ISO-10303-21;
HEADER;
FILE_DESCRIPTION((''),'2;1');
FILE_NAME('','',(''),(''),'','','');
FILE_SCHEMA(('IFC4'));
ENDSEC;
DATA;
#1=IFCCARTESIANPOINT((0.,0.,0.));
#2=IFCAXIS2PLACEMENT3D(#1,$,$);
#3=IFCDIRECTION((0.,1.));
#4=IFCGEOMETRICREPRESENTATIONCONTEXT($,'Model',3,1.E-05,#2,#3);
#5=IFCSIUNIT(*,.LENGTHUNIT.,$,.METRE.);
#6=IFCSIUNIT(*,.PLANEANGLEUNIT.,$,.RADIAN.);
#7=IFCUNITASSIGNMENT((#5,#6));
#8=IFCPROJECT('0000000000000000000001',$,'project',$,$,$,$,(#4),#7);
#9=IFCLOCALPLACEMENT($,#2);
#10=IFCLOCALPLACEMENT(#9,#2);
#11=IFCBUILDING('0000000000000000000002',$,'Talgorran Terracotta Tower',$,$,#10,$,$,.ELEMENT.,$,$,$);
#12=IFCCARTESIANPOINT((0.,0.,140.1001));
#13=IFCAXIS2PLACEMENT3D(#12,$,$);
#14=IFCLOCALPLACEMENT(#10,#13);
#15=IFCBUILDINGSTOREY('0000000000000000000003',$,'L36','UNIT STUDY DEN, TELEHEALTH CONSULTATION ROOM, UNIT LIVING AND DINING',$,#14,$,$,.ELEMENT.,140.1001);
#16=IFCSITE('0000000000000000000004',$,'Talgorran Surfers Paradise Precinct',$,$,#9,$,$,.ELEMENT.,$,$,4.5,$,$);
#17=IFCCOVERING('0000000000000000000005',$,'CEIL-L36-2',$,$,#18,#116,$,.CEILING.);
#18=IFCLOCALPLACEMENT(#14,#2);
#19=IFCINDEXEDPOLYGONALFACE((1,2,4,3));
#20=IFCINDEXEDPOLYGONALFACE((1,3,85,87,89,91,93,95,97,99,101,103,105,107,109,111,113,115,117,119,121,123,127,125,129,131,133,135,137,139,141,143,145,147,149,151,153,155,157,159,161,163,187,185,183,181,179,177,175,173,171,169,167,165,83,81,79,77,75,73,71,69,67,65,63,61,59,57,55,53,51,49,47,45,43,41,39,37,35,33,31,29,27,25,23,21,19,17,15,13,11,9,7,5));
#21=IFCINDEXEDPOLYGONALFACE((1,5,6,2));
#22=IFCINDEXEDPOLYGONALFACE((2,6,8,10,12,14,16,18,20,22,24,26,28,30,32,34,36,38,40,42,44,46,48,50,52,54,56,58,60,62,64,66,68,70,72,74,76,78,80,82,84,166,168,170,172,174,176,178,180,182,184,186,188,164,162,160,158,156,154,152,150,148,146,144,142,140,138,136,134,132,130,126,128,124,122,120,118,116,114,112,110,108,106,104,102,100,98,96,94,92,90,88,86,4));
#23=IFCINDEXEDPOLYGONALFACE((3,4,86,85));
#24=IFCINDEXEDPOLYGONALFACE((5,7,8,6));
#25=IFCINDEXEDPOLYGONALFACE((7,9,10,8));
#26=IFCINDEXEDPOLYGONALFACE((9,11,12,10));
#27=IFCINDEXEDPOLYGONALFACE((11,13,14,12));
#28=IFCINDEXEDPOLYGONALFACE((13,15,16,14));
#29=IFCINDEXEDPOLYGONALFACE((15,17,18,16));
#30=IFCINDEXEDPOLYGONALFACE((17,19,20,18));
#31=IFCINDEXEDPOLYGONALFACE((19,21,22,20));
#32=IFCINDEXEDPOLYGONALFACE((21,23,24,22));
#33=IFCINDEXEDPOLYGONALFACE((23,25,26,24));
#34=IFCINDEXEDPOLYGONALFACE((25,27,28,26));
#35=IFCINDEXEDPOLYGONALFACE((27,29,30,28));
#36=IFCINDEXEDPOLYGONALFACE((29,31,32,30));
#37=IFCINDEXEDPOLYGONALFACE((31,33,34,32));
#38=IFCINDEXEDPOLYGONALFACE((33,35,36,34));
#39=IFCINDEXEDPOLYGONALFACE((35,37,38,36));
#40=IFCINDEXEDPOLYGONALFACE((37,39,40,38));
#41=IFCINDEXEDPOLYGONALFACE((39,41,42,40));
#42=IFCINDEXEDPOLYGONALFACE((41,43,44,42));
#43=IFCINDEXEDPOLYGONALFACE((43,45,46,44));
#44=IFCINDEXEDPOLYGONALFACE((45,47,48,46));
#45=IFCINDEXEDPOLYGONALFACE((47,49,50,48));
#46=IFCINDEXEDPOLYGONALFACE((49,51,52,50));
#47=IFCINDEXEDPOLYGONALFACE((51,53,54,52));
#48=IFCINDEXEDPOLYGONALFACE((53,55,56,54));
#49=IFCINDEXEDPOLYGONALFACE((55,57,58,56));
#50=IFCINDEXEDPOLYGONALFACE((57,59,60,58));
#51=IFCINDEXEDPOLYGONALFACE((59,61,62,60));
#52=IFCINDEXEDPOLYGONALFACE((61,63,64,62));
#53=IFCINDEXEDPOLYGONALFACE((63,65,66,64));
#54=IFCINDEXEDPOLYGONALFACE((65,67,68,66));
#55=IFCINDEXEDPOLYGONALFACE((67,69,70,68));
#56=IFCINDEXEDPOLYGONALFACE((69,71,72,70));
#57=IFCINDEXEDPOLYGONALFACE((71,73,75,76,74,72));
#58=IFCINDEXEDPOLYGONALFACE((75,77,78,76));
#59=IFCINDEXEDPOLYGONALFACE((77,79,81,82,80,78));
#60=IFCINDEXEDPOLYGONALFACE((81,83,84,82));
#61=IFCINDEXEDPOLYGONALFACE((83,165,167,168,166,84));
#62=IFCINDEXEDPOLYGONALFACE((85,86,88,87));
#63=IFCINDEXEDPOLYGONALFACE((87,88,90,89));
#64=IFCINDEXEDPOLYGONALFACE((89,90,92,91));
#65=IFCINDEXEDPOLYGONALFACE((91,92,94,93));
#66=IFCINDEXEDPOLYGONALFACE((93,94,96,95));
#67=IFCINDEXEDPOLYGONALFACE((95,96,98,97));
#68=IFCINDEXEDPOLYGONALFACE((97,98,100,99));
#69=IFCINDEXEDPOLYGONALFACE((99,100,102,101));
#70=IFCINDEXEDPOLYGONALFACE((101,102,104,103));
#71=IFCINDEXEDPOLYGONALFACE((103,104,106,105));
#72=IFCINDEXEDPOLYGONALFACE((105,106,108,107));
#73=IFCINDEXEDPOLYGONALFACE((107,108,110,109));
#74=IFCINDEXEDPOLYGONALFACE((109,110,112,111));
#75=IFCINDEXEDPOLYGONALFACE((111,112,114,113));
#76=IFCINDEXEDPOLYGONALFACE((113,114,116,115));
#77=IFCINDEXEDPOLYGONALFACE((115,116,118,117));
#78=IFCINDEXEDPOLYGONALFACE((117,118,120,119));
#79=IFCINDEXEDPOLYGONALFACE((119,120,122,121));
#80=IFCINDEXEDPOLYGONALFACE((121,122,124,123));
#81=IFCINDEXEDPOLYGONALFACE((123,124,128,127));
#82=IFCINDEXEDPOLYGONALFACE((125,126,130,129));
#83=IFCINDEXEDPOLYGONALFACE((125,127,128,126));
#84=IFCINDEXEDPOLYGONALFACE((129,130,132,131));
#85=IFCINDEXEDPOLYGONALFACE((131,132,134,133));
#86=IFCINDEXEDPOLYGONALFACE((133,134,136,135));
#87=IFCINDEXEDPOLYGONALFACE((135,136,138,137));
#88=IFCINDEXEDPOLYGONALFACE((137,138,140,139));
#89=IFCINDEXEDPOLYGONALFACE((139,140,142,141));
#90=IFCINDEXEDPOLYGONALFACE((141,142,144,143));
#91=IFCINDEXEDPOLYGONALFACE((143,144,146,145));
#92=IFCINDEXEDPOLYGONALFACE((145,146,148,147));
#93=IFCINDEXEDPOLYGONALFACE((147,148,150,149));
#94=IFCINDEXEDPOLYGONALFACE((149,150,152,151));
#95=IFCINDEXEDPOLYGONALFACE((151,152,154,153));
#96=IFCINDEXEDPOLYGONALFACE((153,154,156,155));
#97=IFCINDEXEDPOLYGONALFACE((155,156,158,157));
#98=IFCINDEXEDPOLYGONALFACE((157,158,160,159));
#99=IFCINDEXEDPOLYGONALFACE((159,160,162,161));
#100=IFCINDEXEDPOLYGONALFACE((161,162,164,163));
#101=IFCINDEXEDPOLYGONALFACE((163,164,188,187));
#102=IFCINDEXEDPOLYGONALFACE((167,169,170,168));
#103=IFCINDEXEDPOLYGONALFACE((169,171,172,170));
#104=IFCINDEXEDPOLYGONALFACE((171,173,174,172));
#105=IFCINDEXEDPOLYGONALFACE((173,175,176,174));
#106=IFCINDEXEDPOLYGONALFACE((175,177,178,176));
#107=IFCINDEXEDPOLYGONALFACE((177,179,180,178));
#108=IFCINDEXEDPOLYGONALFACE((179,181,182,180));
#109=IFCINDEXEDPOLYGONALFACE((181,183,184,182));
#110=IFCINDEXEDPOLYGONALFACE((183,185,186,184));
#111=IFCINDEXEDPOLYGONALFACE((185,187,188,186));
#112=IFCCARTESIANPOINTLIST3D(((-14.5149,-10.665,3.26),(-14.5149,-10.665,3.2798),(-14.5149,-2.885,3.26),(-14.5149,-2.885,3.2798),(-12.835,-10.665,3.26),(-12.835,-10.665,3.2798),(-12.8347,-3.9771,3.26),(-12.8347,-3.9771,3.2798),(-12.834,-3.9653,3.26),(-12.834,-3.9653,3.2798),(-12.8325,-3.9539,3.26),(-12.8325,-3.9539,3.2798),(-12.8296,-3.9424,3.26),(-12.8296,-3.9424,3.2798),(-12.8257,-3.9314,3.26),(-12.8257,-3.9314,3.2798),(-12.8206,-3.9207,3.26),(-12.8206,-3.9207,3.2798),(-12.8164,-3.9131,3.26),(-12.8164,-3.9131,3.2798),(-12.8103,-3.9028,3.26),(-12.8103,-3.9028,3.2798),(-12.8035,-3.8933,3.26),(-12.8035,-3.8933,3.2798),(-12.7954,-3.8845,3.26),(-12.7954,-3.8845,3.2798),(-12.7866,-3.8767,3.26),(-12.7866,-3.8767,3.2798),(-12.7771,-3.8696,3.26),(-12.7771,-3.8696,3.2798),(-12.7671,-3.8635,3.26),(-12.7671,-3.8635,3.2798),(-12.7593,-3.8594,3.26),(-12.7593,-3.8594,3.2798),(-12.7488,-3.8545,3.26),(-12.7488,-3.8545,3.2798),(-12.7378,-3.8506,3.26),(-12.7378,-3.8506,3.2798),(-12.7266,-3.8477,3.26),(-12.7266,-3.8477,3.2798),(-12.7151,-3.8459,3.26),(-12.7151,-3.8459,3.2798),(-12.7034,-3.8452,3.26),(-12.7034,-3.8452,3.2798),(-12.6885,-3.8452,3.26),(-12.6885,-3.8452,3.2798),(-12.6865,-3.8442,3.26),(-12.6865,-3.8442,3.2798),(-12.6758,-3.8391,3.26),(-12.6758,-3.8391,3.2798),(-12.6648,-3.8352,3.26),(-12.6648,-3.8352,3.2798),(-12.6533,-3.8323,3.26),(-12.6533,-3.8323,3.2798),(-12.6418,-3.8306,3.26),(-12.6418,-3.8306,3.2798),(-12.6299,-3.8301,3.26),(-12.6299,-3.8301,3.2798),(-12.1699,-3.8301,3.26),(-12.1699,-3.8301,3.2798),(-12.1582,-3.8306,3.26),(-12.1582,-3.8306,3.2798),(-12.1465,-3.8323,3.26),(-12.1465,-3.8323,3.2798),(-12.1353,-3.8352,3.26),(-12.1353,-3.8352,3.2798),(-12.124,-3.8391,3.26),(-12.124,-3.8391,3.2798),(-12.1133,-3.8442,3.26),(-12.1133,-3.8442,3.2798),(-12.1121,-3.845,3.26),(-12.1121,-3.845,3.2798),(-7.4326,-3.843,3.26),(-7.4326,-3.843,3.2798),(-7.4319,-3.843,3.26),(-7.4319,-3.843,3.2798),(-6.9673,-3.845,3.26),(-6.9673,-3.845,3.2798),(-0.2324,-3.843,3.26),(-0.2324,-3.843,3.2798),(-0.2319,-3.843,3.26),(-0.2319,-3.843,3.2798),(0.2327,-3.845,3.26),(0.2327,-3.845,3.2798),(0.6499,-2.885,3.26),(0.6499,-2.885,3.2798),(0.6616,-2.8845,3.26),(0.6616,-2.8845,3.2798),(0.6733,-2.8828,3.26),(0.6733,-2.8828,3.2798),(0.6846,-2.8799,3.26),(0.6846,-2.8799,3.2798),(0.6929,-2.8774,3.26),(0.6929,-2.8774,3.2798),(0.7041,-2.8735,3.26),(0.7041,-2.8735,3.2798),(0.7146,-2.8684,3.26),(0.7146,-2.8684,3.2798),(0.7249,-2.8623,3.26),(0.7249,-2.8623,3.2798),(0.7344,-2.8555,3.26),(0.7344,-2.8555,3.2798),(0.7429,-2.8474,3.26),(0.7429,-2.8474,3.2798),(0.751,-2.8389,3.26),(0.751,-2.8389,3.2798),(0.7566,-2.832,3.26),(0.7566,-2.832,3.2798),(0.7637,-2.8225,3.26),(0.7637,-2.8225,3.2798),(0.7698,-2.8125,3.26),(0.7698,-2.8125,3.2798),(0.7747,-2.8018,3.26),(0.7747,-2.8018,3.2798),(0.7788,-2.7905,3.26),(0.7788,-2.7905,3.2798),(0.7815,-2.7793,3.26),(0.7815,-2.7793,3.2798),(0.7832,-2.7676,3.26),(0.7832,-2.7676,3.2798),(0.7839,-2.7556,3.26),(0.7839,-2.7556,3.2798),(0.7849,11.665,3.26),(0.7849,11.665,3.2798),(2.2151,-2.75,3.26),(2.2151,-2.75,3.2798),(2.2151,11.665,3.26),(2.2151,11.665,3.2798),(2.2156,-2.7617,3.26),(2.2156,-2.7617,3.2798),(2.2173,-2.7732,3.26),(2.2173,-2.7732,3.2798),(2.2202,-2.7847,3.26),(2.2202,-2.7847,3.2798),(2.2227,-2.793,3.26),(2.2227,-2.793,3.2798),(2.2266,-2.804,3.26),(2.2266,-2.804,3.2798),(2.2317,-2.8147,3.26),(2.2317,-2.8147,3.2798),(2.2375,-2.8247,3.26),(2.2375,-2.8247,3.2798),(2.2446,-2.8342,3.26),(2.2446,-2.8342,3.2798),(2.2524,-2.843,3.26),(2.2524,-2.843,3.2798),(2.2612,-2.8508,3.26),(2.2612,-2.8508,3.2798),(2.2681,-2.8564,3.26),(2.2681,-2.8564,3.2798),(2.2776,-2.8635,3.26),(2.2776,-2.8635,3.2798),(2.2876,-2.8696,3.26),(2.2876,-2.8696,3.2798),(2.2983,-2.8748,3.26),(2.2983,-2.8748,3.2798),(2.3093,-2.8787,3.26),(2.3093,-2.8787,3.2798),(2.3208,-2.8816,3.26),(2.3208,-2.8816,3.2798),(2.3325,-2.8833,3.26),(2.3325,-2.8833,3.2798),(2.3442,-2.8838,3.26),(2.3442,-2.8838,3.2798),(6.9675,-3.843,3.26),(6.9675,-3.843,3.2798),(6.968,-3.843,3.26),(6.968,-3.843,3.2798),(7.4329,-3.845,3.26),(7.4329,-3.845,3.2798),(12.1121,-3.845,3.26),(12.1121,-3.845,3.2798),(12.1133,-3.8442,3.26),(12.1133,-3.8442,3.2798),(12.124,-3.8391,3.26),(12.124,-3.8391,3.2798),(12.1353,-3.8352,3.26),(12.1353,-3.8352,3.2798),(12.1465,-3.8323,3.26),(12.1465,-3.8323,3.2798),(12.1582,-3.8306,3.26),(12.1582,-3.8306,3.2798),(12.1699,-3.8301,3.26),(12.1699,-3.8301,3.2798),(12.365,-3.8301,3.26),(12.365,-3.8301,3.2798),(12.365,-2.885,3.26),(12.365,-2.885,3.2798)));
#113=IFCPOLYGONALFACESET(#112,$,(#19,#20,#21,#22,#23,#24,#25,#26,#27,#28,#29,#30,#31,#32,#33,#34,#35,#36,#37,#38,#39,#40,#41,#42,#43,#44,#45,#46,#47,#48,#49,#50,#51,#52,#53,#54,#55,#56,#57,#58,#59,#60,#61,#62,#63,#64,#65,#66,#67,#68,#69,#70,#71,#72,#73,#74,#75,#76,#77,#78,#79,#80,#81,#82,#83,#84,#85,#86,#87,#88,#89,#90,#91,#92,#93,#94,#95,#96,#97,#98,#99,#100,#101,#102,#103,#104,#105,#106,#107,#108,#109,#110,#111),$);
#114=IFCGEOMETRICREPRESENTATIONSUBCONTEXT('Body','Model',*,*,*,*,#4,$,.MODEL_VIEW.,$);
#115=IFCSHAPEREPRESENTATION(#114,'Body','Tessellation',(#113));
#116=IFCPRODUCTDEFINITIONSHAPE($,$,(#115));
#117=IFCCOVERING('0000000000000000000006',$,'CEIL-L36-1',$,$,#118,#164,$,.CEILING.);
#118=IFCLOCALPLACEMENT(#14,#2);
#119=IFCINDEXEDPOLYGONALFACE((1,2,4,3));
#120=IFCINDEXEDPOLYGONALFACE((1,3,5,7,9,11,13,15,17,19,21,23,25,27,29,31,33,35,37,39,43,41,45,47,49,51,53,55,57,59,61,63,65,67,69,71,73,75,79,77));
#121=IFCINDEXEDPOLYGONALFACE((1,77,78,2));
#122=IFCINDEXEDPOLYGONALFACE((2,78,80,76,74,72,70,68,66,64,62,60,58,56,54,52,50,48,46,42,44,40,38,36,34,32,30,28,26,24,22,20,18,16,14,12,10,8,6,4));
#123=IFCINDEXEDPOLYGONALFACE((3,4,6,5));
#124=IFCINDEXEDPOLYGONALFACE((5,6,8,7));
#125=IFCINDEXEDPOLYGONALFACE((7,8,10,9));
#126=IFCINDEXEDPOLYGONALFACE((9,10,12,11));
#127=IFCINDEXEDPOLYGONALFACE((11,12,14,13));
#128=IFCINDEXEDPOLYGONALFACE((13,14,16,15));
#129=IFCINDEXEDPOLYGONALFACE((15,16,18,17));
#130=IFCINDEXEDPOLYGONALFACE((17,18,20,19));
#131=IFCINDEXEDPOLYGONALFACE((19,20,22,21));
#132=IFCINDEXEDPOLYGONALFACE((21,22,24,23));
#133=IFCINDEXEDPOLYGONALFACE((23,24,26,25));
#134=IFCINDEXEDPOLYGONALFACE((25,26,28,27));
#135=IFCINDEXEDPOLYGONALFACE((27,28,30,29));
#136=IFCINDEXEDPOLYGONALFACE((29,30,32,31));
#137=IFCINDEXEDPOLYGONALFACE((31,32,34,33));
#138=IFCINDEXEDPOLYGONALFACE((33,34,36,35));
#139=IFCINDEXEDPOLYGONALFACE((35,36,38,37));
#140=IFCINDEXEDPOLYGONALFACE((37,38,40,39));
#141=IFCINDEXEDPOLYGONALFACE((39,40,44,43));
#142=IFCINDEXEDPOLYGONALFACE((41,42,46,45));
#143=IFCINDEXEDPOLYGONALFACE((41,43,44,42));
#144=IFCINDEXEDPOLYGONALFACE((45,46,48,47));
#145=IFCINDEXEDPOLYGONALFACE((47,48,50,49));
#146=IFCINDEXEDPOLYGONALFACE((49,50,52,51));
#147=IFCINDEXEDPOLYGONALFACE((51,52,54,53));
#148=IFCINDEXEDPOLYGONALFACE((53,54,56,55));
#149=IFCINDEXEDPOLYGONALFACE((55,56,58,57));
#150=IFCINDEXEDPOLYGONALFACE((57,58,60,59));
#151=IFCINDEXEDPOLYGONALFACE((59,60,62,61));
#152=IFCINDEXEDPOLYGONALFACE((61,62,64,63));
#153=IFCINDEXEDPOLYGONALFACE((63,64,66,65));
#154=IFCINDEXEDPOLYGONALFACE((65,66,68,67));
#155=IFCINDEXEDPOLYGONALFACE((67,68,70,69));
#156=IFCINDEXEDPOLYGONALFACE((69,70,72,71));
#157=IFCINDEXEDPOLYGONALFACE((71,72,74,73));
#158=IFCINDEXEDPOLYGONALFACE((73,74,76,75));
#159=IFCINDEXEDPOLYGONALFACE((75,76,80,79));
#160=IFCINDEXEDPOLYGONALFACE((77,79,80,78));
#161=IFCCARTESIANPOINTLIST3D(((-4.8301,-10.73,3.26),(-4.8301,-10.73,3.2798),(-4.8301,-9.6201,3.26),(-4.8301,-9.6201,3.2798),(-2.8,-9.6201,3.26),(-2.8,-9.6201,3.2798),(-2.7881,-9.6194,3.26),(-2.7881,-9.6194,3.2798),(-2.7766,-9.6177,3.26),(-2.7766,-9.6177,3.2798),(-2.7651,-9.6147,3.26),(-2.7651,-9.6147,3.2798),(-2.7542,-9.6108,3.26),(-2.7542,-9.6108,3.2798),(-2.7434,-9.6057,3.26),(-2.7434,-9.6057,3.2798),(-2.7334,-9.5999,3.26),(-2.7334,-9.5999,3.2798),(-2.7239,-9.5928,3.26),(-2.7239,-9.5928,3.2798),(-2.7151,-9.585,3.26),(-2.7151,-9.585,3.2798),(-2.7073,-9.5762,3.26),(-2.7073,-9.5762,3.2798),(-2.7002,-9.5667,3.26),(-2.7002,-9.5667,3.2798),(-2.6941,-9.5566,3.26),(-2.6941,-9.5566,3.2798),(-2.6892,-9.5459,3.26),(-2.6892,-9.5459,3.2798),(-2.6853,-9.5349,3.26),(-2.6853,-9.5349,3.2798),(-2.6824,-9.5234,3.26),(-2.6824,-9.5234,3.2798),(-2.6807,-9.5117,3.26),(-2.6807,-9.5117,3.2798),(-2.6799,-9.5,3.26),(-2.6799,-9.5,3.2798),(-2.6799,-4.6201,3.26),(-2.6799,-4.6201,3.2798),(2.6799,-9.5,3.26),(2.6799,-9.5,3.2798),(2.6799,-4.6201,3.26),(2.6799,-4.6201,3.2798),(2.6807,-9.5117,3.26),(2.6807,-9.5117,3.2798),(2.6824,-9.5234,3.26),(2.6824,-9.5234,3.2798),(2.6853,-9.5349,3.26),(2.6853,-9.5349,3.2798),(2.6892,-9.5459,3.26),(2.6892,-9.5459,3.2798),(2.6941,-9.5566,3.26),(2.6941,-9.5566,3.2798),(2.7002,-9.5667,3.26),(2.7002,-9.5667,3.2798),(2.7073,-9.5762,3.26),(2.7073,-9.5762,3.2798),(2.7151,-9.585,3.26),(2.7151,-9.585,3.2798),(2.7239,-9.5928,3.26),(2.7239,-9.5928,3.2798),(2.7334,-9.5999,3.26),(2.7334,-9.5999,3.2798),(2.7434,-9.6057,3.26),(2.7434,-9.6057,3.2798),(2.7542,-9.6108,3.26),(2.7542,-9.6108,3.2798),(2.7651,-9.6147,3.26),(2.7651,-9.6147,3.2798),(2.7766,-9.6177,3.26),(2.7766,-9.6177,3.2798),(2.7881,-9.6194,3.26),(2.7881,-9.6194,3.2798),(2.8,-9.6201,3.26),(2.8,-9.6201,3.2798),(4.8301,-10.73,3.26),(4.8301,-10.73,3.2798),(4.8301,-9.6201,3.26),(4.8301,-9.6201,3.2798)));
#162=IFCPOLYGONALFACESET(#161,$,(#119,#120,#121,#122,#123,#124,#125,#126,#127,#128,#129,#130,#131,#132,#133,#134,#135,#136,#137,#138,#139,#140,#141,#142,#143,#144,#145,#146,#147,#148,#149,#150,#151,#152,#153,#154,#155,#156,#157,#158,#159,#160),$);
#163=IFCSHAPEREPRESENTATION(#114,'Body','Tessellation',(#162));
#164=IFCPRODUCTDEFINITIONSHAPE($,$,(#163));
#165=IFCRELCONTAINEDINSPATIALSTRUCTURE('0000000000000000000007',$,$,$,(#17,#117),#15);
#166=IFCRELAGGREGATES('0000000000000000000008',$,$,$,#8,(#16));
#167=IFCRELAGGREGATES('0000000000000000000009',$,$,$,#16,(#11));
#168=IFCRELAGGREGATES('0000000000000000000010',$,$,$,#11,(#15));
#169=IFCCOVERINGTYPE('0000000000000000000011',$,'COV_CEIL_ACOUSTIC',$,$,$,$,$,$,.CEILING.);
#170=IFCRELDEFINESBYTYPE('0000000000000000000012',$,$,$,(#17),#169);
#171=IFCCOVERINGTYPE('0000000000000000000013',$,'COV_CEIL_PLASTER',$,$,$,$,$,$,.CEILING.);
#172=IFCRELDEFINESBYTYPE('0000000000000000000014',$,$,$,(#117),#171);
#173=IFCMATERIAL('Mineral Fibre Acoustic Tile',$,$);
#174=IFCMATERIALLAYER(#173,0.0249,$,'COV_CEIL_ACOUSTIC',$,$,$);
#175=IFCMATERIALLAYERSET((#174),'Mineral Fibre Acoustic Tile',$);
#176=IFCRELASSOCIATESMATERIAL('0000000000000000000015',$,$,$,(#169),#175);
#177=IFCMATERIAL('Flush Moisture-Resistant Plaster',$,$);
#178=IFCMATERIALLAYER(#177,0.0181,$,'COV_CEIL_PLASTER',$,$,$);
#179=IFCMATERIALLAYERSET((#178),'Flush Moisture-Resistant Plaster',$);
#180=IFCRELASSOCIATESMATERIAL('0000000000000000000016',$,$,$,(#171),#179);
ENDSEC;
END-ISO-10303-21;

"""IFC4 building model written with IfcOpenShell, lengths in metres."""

from ifc_helpers import new_model, si_unit, direction, frame, origin, place, context, subcontext, project, spatial, polyline, outline, extrude, material, layer, layer_set, type_object, element, save


model = new_model("IFC4")

# Units and contexts
model_context = context("Model", 3, precision=1e-05, world=origin(), true_north=direction((0.0, 1.0)))
body_context = subcontext(model_context, "Body", "Model", "MODEL_VIEW")
ifc_project = project(units=[si_unit("LENGTHUNIT", "METRE"), si_unit("PLANEANGLEUNIT", "RADIAN")], contexts=[model_context])

# Site, building, storey
site_placement = place(None, origin())
site = spatial("IfcSite", under=ifc_project, at=site_placement, Name="Talgorran Surfers Paradise Precinct", CompositionType="ELEMENT", RefElevation=4.5)
building_placement = place(site_placement, origin())
building = spatial("IfcBuilding", under=site, at=building_placement, Name="Talgorran Terracotta Tower", CompositionType="ELEMENT")
storey_placement = place(building_placement, frame((0.0, 0.0, 140.1001)))
storey = spatial("IfcBuildingStorey", under=building, at=storey_placement, Name="L36", Description="UNIT STUDY DEN, TELEHEALTH CONSULTATION ROOM, UNIT LIVING AND DINING", CompositionType="ELEMENT", Elevation=140.1001)

# Coverings
ifc_material_1 = material(Name="Mineral Fibre Acoustic Tile")
ifc_layer_1 = layer(ifc_material_1, 0.0249, Name="COV_CEIL_ACOUSTIC")
ifc_layer_set_1 = layer_set([ifc_layer_1], Name="Mineral Fibre Acoustic Tile")
covering_type_1 = type_object("IfcCoveringType", Name="COV_CEIL_ACOUSTIC", PredefinedType="CEILING", material=ifc_layer_set_1)
covering_1_placement = place(storey_placement, frame((0.0, 0.0, 3.26)))
element("IfcCovering", 1, at=covering_1_placement, inside=storey, type_object=covering_type_1, Name="CEIL-L36-2", PredefinedType="CEILING", context=body_context, shape_type="SweptSolid", body=[
    extrude(outline(polyline([(-12.6885, -3.8452), (-12.7034, -3.8452), (-12.7151, -3.8459), (-12.7266, -3.8477), (-12.7378, -3.8506), (-12.7488, -3.8545), (-12.7593, -3.8594), (-12.7671, -3.8635), (-12.7771, -3.8696), (-12.7866, -3.8767), (-12.7954, -3.8845), (-12.8035, -3.8933), (-12.8103, -3.9028), (-12.8164, -3.9131), (-12.8206, -3.9207), (-12.8257, -3.9314), (-12.8296, -3.9424), (-12.8325, -3.9539), (-12.834, -3.9653), (-12.8347, -3.9771), (-12.835, -10.665), (-14.5149, -10.665), (-14.5149, -2.885), (0.6499, -2.885), (0.6616, -2.8845), (0.6733, -2.8828), (0.6846, -2.8799), (0.6929, -2.8774), (0.7041, -2.8735), (0.7146, -2.8684), (0.7249, -2.8623), (0.7344, -2.8555), (0.7429, -2.8474), (0.751, -2.8389), (0.7566, -2.832), (0.7637, -2.8225), (0.7698, -2.8125), (0.7747, -2.8018), (0.7788, -2.7905), (0.7815, -2.7793), (0.7832, -2.7676), (0.7839, -2.7556), (0.7849, 11.665), (2.2151, 11.665), (2.2151, -2.75), (2.2156, -2.7617), (2.2173, -2.7732), (2.2202, -2.7847), (2.2227, -2.793), (2.2266, -2.804), (2.2317, -2.8147), (2.2375, -2.8247), (2.2446, -2.8342), (2.2524, -2.843), (2.2612, -2.8508), (2.2681, -2.8564), (2.2776, -2.8635), (2.2876, -2.8696), (2.2983, -2.8748), (2.3093, -2.8787), (2.3208, -2.8816), (2.3325, -2.8833), (2.3442, -2.8838), (12.365, -2.885), (12.365, -3.8301), (12.1699, -3.8301), (12.1582, -3.8306), (12.1465, -3.8323), (12.1353, -3.8352), (12.124, -3.8391), (12.1133, -3.8442), (12.1121, -3.845), (7.4329, -3.845), (6.968, -3.843), (6.9675, -3.843), (0.2327, -3.845), (-0.2319, -3.843), (-0.2324, -3.843), (-6.9673, -3.845), (-7.4319, -3.843), (-7.4326, -3.843), (-12.1121, -3.845), (-12.1133, -3.8442), (-12.124, -3.8391), (-12.1353, -3.8352), (-12.1465, -3.8323), (-12.1582, -3.8306), (-12.1699, -3.8301), (-12.6299, -3.8301), (-12.6418, -3.8306), (-12.6533, -3.8323), (-12.6648, -3.8352), (-12.6758, -3.8391), (-12.6865, -3.8442), (-12.6885, -3.8452)])), origin(), (0.0, 0.0, 1.0), 0.0198),
])
ifc_material_2 = material(Name="Flush Moisture-Resistant Plaster")
ifc_layer_2 = layer(ifc_material_2, 0.0181, Name="COV_CEIL_PLASTER")
ifc_layer_set_2 = layer_set([ifc_layer_2], Name="Flush Moisture-Resistant Plaster")
covering_type_2 = type_object("IfcCoveringType", Name="COV_CEIL_PLASTER", PredefinedType="CEILING", material=ifc_layer_set_2)
covering_2_placement = place(storey_placement, frame((0.0, 0.0, 3.26)))
element("IfcCovering", 2, at=covering_2_placement, inside=storey, type_object=covering_type_2, Name="CEIL-L36-1", PredefinedType="CEILING", context=body_context, shape_type="SweptSolid", body=[
    extrude(outline(polyline([(-4.8301, -9.6201), (-2.8, -9.6201), (-2.7881, -9.6194), (-2.7766, -9.6177), (-2.7651, -9.6147), (-2.7542, -9.6108), (-2.7434, -9.6057), (-2.7334, -9.5999), (-2.7239, -9.5928), (-2.7151, -9.585), (-2.7073, -9.5762), (-2.7002, -9.5667), (-2.6941, -9.5566), (-2.6892, -9.5459), (-2.6853, -9.5349), (-2.6824, -9.5234), (-2.6807, -9.5117), (-2.6799, -9.5), (-2.6799, -4.6201), (2.6799, -4.6201), (2.6799, -9.5), (2.6807, -9.5117), (2.6824, -9.5234), (2.6853, -9.5349), (2.6892, -9.5459), (2.6941, -9.5566), (2.7002, -9.5667), (2.7073, -9.5762), (2.7151, -9.585), (2.7239, -9.5928), (2.7334, -9.5999), (2.7434, -9.6057), (2.7542, -9.6108), (2.7651, -9.6147), (2.7766, -9.6177), (2.7881, -9.6194), (2.8, -9.6201), (4.8301, -9.6201), (4.8301, -10.73), (-4.8301, -10.73), (-4.8301, -9.6201)])), origin(), (0.0, 0.0, 1.0), 0.0198),
])

save(model, "model.ifc")
